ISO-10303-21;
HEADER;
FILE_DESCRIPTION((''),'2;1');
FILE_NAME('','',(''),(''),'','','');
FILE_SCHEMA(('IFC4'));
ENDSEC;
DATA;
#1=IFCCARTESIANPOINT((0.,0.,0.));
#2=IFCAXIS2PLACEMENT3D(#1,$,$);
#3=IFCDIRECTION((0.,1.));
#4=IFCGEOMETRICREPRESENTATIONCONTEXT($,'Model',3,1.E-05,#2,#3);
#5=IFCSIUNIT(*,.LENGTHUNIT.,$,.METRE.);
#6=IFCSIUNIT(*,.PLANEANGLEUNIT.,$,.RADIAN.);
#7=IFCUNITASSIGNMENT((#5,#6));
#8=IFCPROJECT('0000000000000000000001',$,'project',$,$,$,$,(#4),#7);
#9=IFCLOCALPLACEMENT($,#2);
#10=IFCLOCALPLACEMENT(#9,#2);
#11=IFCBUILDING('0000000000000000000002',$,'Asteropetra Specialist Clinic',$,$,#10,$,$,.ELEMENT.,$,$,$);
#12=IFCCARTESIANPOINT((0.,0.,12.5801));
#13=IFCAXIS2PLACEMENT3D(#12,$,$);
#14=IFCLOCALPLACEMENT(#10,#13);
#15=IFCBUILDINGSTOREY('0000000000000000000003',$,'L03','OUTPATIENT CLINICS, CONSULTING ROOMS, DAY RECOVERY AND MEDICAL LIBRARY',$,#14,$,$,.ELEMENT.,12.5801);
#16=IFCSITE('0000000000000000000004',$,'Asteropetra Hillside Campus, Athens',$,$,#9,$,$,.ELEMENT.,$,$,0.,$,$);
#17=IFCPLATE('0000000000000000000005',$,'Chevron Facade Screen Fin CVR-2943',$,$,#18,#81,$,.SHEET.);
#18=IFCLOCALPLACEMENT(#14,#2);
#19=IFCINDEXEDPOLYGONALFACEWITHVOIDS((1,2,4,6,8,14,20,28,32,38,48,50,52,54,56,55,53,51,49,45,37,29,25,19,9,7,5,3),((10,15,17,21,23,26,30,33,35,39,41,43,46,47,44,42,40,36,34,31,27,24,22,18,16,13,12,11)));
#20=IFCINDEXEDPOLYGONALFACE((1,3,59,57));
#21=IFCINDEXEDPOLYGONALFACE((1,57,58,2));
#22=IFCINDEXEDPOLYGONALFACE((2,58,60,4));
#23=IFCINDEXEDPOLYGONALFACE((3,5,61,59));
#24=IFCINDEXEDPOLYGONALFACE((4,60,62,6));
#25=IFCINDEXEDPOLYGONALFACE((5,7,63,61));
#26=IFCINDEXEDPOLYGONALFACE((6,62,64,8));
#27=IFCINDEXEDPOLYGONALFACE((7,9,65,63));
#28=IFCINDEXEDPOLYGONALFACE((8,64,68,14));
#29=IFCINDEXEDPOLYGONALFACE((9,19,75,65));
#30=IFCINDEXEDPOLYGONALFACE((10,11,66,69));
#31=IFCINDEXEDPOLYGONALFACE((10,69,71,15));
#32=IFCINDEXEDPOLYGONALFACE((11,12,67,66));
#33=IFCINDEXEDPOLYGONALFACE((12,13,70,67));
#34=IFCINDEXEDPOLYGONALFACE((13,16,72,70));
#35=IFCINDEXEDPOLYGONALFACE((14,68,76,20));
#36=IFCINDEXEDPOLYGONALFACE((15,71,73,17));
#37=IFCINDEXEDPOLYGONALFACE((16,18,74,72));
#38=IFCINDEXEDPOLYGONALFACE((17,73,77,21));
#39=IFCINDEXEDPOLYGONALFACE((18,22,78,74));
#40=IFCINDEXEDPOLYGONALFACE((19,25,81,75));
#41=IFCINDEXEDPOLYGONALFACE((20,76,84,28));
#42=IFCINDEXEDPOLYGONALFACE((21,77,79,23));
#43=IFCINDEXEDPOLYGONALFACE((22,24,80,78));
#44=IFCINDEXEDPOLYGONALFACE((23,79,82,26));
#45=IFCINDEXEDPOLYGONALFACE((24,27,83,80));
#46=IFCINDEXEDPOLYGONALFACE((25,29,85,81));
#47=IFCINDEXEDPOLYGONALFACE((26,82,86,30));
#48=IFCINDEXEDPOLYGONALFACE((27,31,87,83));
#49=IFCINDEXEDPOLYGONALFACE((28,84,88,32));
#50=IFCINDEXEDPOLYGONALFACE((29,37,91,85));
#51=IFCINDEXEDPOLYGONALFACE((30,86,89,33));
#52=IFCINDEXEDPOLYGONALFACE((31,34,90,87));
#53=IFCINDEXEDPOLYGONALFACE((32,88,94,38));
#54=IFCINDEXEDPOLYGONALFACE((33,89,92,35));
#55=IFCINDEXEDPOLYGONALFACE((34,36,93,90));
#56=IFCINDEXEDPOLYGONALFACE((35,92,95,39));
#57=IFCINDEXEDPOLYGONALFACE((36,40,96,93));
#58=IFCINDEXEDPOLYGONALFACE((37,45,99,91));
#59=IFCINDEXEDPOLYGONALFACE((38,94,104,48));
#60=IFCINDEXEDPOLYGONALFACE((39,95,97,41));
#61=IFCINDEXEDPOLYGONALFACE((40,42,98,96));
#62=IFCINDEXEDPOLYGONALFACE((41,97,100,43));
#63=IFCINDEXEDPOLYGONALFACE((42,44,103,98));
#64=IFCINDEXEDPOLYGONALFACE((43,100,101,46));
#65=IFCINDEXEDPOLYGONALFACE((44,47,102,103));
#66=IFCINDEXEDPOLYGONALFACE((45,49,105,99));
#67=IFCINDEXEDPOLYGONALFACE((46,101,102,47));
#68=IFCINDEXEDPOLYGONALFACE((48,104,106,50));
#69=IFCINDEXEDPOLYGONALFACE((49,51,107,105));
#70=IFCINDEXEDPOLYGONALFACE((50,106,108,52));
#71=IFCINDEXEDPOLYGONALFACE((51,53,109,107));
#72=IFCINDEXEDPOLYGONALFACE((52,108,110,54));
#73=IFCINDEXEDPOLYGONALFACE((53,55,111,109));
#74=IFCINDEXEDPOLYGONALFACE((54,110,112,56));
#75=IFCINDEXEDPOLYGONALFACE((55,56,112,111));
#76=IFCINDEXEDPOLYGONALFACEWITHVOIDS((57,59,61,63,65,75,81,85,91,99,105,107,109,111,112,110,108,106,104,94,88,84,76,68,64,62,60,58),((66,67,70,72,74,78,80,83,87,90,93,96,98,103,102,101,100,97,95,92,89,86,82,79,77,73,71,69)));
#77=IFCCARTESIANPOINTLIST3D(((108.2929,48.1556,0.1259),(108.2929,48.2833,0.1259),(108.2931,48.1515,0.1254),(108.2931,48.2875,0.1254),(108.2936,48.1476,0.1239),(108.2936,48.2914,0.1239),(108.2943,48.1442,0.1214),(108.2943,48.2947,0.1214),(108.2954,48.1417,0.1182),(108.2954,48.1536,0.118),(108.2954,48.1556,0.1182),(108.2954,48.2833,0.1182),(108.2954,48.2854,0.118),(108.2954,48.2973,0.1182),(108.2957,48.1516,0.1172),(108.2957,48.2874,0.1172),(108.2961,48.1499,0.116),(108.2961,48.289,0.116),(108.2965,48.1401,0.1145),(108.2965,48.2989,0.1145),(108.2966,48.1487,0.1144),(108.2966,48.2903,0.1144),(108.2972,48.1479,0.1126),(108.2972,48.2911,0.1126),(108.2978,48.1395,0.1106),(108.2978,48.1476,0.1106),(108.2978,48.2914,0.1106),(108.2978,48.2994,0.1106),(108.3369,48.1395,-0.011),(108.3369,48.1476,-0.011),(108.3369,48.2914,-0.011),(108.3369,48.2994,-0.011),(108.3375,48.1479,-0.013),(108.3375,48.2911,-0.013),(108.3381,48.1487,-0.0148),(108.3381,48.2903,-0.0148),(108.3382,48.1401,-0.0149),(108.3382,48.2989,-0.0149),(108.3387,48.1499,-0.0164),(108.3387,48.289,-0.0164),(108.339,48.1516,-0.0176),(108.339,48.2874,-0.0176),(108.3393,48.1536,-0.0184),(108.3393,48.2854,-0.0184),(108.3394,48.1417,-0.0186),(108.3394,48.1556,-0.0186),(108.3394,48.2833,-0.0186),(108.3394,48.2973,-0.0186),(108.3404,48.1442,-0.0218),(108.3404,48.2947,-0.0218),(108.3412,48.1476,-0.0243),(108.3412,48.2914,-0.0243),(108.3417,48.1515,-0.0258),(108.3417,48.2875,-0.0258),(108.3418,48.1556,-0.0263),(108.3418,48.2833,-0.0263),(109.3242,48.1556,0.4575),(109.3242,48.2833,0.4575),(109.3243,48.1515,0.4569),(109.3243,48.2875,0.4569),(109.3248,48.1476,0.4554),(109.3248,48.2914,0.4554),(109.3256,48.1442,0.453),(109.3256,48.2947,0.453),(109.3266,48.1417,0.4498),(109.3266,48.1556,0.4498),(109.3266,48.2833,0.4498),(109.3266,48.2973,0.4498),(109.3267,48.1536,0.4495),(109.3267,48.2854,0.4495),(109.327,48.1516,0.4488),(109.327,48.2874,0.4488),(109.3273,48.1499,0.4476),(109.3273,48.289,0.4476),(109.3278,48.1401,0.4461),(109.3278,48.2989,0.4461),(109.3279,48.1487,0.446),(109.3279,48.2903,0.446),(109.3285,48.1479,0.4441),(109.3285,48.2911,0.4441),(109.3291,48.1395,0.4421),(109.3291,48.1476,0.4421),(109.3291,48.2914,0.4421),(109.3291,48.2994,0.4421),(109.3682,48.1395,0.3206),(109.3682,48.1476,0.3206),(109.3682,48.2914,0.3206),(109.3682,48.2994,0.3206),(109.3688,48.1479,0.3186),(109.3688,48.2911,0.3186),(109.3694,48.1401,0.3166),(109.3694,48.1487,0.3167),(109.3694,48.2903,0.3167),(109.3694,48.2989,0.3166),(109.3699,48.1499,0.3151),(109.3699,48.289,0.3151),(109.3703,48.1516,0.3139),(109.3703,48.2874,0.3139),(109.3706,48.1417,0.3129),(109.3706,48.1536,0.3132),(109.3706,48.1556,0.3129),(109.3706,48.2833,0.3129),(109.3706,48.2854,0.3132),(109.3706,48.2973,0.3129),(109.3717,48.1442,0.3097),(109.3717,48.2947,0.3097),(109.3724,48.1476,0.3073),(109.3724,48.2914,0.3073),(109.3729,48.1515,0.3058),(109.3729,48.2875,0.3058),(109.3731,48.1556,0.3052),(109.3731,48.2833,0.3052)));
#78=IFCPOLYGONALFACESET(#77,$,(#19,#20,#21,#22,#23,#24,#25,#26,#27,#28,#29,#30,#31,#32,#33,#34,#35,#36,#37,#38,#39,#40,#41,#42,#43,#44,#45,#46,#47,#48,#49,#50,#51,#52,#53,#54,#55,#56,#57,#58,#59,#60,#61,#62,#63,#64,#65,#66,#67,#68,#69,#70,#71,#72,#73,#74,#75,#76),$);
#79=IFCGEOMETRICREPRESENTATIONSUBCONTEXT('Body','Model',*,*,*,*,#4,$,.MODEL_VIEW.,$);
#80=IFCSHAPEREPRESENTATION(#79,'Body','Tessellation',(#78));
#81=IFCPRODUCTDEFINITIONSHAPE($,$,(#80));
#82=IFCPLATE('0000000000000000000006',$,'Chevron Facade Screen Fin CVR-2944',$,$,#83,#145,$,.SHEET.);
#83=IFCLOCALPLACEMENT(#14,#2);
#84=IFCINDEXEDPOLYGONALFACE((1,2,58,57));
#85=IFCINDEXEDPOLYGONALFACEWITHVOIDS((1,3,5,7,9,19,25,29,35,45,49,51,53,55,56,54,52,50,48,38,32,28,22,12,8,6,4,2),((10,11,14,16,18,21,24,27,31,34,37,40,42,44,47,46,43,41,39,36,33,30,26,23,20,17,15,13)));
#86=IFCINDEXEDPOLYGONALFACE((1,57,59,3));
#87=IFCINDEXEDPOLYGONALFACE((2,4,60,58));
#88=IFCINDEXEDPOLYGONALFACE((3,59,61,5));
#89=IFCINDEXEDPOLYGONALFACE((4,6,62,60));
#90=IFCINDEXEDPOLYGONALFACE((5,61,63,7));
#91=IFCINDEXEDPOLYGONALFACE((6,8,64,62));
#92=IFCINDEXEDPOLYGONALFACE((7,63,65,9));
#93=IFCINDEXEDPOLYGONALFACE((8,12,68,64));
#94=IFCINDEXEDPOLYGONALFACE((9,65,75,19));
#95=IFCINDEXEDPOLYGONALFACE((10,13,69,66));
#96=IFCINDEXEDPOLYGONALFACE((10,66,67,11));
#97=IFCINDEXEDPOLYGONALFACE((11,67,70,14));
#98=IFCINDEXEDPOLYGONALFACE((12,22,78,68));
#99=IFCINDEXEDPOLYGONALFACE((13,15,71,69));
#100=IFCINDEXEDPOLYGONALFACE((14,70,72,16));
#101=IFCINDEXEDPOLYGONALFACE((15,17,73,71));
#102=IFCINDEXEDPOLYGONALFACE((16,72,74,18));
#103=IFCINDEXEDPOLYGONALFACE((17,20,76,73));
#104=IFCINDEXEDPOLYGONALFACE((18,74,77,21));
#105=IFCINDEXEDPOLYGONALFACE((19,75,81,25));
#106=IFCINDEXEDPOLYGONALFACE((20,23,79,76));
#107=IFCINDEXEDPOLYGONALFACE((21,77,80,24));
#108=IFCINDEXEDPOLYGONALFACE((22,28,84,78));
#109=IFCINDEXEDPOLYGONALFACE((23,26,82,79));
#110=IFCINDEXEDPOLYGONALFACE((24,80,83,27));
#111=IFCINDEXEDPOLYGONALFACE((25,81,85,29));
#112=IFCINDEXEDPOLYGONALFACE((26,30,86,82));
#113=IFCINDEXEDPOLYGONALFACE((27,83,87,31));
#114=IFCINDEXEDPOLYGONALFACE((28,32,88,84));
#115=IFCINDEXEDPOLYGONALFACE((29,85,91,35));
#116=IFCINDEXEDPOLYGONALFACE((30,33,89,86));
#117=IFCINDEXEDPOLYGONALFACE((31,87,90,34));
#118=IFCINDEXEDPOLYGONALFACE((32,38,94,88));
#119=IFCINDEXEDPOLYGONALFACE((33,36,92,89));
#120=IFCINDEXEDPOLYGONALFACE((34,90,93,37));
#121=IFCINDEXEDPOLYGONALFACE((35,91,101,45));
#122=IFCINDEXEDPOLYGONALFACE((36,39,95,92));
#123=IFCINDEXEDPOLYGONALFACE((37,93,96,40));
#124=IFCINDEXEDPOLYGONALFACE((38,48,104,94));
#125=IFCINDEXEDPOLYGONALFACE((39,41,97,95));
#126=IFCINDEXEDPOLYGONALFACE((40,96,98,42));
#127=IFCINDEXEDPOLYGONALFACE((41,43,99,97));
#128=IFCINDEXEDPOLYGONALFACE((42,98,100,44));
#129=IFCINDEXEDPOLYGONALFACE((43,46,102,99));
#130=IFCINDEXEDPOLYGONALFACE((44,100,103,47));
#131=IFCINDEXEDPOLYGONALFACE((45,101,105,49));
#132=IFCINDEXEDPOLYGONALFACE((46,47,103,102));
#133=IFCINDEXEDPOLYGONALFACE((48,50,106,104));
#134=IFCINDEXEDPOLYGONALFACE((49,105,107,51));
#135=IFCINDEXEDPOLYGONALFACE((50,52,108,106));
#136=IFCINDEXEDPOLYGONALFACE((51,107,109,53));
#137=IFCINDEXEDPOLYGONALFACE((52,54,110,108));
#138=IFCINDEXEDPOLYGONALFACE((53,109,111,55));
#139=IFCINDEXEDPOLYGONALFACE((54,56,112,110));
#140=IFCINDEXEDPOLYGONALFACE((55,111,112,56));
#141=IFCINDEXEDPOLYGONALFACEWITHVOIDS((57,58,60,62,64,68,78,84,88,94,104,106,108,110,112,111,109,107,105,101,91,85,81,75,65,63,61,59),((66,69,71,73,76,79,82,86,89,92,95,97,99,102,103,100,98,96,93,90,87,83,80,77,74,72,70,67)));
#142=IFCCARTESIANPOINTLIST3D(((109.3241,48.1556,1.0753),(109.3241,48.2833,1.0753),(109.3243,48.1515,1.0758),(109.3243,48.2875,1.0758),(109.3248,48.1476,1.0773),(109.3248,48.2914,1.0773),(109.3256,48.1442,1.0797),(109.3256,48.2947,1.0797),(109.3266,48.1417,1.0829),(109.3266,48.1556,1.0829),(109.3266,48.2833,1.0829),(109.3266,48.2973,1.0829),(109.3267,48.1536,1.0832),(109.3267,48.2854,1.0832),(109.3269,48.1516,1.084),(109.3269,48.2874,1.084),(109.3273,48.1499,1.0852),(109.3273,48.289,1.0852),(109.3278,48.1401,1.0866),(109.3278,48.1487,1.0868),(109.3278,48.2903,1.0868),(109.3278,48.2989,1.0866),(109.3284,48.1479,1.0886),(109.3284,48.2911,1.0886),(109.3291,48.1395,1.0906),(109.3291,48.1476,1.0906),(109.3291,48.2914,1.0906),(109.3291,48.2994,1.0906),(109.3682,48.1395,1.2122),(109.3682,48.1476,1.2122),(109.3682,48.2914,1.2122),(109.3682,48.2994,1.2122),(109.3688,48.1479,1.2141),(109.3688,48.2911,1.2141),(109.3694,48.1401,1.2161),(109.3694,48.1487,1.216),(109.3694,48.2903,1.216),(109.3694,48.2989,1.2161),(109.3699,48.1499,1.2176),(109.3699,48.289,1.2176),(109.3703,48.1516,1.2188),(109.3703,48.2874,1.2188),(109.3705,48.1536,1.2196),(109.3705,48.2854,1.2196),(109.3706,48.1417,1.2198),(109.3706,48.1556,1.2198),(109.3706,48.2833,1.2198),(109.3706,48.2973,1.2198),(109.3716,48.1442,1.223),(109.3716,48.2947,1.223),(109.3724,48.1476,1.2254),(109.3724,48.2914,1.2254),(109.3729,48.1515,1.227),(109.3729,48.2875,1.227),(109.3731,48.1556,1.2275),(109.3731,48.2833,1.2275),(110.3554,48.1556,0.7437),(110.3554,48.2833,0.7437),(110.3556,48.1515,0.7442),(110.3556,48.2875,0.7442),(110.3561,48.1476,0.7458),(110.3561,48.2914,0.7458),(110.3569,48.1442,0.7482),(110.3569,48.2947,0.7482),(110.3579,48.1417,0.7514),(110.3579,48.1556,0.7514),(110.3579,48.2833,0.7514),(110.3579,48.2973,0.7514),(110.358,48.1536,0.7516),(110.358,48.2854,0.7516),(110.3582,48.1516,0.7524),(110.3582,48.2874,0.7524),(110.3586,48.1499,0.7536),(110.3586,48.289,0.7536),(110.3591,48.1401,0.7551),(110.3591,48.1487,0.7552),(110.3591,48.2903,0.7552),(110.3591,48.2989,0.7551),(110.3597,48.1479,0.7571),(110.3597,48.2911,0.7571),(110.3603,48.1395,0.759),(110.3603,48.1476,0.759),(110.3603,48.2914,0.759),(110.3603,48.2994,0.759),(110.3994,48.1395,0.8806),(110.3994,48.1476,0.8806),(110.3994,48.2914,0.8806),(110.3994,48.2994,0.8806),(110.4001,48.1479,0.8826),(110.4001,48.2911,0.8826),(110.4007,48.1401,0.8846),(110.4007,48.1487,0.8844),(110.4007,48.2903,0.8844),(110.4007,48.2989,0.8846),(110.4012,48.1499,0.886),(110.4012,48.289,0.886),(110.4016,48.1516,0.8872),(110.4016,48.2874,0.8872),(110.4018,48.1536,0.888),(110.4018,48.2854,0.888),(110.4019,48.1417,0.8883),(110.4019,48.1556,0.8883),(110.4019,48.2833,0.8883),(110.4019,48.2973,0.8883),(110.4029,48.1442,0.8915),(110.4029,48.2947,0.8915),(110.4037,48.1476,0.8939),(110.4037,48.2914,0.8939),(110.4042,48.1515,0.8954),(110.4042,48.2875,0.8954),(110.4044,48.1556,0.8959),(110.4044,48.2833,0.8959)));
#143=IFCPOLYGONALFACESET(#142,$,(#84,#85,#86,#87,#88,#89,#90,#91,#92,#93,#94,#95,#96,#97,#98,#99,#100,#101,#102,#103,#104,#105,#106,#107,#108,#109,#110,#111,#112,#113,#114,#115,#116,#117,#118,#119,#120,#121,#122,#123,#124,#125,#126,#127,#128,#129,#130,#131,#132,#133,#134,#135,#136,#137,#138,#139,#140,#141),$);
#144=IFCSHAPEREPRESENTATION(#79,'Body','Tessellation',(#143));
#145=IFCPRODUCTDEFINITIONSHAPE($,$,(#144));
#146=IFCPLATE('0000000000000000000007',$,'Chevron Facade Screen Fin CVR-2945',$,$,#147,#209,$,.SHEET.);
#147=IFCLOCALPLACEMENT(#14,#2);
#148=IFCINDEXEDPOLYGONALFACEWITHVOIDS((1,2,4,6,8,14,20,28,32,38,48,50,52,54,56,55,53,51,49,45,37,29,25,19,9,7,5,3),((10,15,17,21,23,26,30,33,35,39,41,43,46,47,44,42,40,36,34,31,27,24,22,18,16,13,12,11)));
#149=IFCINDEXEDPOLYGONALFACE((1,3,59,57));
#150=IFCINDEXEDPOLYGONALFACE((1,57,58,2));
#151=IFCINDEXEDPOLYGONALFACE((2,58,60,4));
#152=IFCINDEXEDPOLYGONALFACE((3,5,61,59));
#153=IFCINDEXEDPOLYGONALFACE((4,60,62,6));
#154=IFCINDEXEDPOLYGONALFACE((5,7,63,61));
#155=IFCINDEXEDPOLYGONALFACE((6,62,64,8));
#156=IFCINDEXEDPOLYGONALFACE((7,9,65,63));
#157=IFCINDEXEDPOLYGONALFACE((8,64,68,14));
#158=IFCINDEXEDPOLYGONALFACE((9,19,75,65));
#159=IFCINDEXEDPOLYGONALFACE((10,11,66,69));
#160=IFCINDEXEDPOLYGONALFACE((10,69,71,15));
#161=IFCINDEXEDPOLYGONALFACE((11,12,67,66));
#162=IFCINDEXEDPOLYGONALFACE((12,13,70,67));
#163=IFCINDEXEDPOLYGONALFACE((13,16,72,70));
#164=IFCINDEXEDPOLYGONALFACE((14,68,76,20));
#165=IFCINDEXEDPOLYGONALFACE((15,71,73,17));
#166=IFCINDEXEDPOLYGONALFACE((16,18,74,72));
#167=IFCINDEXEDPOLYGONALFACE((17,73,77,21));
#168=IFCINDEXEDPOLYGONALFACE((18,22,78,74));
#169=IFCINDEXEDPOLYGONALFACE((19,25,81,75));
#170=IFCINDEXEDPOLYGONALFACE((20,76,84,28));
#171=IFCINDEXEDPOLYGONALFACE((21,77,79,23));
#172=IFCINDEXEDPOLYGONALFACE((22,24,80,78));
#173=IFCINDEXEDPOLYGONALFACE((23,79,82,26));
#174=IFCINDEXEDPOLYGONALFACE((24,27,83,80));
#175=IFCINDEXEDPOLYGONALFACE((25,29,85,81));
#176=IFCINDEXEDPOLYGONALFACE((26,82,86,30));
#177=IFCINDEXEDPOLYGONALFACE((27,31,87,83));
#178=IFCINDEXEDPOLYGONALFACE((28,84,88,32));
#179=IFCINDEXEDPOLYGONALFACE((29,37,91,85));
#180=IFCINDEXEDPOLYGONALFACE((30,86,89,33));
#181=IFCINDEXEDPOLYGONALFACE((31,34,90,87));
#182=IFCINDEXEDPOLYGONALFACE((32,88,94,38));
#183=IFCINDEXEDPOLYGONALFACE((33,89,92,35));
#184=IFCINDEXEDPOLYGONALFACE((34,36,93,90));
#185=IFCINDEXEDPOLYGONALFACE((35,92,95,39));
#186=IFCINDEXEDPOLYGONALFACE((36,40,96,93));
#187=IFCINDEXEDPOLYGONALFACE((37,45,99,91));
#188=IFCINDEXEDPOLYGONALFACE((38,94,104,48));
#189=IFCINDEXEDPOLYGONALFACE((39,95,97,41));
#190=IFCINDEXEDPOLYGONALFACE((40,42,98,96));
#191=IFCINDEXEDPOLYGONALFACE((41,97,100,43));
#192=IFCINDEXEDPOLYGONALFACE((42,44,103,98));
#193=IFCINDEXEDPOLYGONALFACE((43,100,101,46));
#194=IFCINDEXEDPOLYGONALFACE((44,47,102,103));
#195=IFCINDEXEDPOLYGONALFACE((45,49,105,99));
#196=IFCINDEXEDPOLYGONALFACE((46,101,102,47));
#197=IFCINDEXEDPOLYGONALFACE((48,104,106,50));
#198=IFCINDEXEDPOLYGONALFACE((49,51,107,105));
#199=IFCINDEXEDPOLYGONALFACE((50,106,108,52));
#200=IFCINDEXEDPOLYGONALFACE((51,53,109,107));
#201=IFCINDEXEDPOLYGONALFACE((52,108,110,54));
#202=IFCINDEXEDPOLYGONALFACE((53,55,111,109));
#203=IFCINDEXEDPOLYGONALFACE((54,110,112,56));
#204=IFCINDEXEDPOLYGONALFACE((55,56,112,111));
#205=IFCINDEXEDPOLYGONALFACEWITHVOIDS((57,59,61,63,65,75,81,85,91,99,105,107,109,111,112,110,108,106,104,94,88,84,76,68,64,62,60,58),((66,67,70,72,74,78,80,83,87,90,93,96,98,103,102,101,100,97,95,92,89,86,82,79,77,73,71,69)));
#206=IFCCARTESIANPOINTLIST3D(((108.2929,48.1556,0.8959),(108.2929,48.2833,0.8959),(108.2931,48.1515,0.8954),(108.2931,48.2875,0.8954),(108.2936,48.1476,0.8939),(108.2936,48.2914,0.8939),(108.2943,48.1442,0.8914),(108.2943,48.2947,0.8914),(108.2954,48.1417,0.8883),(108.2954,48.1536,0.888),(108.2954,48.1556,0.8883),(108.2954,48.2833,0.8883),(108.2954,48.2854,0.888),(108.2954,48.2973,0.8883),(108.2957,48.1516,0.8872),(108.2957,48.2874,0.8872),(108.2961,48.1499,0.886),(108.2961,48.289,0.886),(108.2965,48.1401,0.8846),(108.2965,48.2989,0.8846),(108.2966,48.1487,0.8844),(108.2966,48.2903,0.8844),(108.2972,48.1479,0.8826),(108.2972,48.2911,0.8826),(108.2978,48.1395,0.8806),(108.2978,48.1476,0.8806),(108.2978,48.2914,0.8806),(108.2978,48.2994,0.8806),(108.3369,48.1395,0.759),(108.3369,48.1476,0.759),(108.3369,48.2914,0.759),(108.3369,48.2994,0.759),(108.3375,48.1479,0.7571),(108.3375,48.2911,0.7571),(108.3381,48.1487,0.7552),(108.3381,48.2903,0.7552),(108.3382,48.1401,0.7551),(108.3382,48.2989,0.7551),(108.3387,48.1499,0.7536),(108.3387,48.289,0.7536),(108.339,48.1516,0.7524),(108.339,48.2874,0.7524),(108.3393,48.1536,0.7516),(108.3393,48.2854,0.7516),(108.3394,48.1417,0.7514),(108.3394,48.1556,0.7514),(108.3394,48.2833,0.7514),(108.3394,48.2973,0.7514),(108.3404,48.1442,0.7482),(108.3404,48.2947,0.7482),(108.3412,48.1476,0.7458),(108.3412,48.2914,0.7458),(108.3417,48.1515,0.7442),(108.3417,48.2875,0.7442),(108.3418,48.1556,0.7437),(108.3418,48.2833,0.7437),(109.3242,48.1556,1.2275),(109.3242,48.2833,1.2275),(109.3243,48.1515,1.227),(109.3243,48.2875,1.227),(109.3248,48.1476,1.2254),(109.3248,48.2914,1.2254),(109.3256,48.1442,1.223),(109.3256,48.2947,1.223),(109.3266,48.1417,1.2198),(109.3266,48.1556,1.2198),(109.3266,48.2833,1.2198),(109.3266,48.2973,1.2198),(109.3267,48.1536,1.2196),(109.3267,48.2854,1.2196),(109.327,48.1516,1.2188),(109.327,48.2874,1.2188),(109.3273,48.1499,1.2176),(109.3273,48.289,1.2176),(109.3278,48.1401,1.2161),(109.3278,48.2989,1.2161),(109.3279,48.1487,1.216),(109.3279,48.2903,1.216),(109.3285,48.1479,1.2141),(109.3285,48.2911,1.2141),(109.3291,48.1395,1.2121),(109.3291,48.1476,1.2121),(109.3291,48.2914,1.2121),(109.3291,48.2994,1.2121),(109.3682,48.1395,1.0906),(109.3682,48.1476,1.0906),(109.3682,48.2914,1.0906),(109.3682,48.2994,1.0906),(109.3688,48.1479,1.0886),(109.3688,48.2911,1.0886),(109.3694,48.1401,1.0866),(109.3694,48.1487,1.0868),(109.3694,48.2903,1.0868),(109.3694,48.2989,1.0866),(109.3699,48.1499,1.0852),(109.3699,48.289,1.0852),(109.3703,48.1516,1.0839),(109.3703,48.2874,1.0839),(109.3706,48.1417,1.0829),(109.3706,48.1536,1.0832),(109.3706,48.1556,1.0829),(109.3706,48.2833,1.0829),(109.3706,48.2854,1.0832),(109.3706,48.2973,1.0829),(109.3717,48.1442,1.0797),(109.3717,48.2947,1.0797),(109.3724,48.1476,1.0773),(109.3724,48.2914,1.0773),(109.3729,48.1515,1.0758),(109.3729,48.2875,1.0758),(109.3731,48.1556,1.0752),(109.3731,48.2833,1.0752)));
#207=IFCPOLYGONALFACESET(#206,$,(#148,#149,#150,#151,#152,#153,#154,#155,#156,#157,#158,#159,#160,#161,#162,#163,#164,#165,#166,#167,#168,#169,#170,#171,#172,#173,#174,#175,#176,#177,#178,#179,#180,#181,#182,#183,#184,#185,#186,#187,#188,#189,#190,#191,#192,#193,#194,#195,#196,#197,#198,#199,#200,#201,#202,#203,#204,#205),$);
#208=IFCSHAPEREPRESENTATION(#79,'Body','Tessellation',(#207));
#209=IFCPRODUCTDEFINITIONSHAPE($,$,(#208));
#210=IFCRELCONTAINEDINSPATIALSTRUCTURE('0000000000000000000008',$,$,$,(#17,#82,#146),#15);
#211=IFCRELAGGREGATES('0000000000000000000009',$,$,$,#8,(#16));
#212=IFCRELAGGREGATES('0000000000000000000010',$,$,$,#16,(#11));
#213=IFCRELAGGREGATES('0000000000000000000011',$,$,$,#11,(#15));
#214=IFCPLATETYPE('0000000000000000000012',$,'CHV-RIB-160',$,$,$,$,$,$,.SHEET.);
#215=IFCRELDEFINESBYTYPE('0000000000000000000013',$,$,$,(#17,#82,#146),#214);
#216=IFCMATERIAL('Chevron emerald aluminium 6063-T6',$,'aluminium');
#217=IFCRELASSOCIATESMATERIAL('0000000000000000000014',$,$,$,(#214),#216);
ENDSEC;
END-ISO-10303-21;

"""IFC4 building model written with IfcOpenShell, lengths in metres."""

from ifc_helpers import new_model, si_unit, direction, frame, origin, origin_2d, place, context, subcontext, project, spatial, hollow_rectangle, extrude, material, material_profile, profile_set, type_object, element, save


model = new_model("IFC4")

# Units and contexts
model_context = context("Model", 3, precision=1e-05, world=origin(), true_north=direction((0.0, 1.0)))
body_context = subcontext(model_context, "Body", "Model", "MODEL_VIEW")
ifc_project = project(units=[si_unit("LENGTHUNIT", "METRE"), si_unit("PLANEANGLEUNIT", "RADIAN")], contexts=[model_context])

# Site, building, storey
site_placement = place(None, origin())
site = spatial("IfcSite", under=ifc_project, at=site_placement, Name="Asteropetra Hillside Campus, Athens", CompositionType="ELEMENT", RefElevation=0.0)
building_placement = place(site_placement, origin())
building = spatial("IfcBuilding", under=site, at=building_placement, Name="Asteropetra Specialist Clinic", CompositionType="ELEMENT")
storey_placement = place(building_placement, frame((0.0, 0.0, 12.5801)))
storey = spatial("IfcBuildingStorey", under=building, at=storey_placement, Name="L03", Description="OUTPATIENT CLINICS, CONSULTING ROOMS, DAY RECOVERY AND MEDICAL LIBRARY", CompositionType="ELEMENT", Elevation=12.5801)

# Plates
ifc_material_1 = material(Name="Chevron emerald aluminium 6063-T6", Category="aluminium")
ifc_material_profile = material_profile(ifc_material_1, hollow_rectangle(XDim=0.1599, YDim=0.1599, WallThickness=0.0081, InnerFilletRadius=0.0081, OuterFilletRadius=0.0161, at=origin_2d()), Name="SHS 160x160x8.0")
ifc_profile_set = profile_set([ifc_material_profile], Name="Chevron emerald aluminium 6063-T6")
plate_type_1 = type_object("IfcPlateType", Name="CHV-RIB-160", PredefinedType="SHEET", material=ifc_profile_set)
for number, where, z_axis, x_axis, name in (
    (1, (109.3486, 48.2195, 0.3813), (-0.95201, 0.0, -0.306068), (0.0, -1.0, 0.0), "Chevron Facade Screen Fin CVR-2943"),
    (2, (110.3799, 48.2195, 0.8198), (-0.95201, 0.0, 0.306068), (0.0, -1.0, 0.0), "Chevron Facade Screen Fin CVR-2944"),
    (3, (109.3486, 48.2195, 1.1514), (-0.95201, 0.0, -0.306068), (0.0, -1.0, 0.0), "Chevron Facade Screen Fin CVR-2945"),
):
    element("IfcPlate", number, at=place(storey_placement, frame(where, z_axis=z_axis, x_axis=x_axis)), inside=storey, type_object=plate_type_1, Name=name, PredefinedType="SHEET", context=body_context, shape_type="SweptSolid", body=[
        extrude(hollow_rectangle(XDim=0.1599, YDim=0.1599, WallThickness=0.0081, InnerFilletRadius=0.0081, OuterFilletRadius=0.0161, at=origin_2d()), origin(), (0.0, 0.0, 1.0), 1.0833),
    ])

save(model, "model.ifc")
